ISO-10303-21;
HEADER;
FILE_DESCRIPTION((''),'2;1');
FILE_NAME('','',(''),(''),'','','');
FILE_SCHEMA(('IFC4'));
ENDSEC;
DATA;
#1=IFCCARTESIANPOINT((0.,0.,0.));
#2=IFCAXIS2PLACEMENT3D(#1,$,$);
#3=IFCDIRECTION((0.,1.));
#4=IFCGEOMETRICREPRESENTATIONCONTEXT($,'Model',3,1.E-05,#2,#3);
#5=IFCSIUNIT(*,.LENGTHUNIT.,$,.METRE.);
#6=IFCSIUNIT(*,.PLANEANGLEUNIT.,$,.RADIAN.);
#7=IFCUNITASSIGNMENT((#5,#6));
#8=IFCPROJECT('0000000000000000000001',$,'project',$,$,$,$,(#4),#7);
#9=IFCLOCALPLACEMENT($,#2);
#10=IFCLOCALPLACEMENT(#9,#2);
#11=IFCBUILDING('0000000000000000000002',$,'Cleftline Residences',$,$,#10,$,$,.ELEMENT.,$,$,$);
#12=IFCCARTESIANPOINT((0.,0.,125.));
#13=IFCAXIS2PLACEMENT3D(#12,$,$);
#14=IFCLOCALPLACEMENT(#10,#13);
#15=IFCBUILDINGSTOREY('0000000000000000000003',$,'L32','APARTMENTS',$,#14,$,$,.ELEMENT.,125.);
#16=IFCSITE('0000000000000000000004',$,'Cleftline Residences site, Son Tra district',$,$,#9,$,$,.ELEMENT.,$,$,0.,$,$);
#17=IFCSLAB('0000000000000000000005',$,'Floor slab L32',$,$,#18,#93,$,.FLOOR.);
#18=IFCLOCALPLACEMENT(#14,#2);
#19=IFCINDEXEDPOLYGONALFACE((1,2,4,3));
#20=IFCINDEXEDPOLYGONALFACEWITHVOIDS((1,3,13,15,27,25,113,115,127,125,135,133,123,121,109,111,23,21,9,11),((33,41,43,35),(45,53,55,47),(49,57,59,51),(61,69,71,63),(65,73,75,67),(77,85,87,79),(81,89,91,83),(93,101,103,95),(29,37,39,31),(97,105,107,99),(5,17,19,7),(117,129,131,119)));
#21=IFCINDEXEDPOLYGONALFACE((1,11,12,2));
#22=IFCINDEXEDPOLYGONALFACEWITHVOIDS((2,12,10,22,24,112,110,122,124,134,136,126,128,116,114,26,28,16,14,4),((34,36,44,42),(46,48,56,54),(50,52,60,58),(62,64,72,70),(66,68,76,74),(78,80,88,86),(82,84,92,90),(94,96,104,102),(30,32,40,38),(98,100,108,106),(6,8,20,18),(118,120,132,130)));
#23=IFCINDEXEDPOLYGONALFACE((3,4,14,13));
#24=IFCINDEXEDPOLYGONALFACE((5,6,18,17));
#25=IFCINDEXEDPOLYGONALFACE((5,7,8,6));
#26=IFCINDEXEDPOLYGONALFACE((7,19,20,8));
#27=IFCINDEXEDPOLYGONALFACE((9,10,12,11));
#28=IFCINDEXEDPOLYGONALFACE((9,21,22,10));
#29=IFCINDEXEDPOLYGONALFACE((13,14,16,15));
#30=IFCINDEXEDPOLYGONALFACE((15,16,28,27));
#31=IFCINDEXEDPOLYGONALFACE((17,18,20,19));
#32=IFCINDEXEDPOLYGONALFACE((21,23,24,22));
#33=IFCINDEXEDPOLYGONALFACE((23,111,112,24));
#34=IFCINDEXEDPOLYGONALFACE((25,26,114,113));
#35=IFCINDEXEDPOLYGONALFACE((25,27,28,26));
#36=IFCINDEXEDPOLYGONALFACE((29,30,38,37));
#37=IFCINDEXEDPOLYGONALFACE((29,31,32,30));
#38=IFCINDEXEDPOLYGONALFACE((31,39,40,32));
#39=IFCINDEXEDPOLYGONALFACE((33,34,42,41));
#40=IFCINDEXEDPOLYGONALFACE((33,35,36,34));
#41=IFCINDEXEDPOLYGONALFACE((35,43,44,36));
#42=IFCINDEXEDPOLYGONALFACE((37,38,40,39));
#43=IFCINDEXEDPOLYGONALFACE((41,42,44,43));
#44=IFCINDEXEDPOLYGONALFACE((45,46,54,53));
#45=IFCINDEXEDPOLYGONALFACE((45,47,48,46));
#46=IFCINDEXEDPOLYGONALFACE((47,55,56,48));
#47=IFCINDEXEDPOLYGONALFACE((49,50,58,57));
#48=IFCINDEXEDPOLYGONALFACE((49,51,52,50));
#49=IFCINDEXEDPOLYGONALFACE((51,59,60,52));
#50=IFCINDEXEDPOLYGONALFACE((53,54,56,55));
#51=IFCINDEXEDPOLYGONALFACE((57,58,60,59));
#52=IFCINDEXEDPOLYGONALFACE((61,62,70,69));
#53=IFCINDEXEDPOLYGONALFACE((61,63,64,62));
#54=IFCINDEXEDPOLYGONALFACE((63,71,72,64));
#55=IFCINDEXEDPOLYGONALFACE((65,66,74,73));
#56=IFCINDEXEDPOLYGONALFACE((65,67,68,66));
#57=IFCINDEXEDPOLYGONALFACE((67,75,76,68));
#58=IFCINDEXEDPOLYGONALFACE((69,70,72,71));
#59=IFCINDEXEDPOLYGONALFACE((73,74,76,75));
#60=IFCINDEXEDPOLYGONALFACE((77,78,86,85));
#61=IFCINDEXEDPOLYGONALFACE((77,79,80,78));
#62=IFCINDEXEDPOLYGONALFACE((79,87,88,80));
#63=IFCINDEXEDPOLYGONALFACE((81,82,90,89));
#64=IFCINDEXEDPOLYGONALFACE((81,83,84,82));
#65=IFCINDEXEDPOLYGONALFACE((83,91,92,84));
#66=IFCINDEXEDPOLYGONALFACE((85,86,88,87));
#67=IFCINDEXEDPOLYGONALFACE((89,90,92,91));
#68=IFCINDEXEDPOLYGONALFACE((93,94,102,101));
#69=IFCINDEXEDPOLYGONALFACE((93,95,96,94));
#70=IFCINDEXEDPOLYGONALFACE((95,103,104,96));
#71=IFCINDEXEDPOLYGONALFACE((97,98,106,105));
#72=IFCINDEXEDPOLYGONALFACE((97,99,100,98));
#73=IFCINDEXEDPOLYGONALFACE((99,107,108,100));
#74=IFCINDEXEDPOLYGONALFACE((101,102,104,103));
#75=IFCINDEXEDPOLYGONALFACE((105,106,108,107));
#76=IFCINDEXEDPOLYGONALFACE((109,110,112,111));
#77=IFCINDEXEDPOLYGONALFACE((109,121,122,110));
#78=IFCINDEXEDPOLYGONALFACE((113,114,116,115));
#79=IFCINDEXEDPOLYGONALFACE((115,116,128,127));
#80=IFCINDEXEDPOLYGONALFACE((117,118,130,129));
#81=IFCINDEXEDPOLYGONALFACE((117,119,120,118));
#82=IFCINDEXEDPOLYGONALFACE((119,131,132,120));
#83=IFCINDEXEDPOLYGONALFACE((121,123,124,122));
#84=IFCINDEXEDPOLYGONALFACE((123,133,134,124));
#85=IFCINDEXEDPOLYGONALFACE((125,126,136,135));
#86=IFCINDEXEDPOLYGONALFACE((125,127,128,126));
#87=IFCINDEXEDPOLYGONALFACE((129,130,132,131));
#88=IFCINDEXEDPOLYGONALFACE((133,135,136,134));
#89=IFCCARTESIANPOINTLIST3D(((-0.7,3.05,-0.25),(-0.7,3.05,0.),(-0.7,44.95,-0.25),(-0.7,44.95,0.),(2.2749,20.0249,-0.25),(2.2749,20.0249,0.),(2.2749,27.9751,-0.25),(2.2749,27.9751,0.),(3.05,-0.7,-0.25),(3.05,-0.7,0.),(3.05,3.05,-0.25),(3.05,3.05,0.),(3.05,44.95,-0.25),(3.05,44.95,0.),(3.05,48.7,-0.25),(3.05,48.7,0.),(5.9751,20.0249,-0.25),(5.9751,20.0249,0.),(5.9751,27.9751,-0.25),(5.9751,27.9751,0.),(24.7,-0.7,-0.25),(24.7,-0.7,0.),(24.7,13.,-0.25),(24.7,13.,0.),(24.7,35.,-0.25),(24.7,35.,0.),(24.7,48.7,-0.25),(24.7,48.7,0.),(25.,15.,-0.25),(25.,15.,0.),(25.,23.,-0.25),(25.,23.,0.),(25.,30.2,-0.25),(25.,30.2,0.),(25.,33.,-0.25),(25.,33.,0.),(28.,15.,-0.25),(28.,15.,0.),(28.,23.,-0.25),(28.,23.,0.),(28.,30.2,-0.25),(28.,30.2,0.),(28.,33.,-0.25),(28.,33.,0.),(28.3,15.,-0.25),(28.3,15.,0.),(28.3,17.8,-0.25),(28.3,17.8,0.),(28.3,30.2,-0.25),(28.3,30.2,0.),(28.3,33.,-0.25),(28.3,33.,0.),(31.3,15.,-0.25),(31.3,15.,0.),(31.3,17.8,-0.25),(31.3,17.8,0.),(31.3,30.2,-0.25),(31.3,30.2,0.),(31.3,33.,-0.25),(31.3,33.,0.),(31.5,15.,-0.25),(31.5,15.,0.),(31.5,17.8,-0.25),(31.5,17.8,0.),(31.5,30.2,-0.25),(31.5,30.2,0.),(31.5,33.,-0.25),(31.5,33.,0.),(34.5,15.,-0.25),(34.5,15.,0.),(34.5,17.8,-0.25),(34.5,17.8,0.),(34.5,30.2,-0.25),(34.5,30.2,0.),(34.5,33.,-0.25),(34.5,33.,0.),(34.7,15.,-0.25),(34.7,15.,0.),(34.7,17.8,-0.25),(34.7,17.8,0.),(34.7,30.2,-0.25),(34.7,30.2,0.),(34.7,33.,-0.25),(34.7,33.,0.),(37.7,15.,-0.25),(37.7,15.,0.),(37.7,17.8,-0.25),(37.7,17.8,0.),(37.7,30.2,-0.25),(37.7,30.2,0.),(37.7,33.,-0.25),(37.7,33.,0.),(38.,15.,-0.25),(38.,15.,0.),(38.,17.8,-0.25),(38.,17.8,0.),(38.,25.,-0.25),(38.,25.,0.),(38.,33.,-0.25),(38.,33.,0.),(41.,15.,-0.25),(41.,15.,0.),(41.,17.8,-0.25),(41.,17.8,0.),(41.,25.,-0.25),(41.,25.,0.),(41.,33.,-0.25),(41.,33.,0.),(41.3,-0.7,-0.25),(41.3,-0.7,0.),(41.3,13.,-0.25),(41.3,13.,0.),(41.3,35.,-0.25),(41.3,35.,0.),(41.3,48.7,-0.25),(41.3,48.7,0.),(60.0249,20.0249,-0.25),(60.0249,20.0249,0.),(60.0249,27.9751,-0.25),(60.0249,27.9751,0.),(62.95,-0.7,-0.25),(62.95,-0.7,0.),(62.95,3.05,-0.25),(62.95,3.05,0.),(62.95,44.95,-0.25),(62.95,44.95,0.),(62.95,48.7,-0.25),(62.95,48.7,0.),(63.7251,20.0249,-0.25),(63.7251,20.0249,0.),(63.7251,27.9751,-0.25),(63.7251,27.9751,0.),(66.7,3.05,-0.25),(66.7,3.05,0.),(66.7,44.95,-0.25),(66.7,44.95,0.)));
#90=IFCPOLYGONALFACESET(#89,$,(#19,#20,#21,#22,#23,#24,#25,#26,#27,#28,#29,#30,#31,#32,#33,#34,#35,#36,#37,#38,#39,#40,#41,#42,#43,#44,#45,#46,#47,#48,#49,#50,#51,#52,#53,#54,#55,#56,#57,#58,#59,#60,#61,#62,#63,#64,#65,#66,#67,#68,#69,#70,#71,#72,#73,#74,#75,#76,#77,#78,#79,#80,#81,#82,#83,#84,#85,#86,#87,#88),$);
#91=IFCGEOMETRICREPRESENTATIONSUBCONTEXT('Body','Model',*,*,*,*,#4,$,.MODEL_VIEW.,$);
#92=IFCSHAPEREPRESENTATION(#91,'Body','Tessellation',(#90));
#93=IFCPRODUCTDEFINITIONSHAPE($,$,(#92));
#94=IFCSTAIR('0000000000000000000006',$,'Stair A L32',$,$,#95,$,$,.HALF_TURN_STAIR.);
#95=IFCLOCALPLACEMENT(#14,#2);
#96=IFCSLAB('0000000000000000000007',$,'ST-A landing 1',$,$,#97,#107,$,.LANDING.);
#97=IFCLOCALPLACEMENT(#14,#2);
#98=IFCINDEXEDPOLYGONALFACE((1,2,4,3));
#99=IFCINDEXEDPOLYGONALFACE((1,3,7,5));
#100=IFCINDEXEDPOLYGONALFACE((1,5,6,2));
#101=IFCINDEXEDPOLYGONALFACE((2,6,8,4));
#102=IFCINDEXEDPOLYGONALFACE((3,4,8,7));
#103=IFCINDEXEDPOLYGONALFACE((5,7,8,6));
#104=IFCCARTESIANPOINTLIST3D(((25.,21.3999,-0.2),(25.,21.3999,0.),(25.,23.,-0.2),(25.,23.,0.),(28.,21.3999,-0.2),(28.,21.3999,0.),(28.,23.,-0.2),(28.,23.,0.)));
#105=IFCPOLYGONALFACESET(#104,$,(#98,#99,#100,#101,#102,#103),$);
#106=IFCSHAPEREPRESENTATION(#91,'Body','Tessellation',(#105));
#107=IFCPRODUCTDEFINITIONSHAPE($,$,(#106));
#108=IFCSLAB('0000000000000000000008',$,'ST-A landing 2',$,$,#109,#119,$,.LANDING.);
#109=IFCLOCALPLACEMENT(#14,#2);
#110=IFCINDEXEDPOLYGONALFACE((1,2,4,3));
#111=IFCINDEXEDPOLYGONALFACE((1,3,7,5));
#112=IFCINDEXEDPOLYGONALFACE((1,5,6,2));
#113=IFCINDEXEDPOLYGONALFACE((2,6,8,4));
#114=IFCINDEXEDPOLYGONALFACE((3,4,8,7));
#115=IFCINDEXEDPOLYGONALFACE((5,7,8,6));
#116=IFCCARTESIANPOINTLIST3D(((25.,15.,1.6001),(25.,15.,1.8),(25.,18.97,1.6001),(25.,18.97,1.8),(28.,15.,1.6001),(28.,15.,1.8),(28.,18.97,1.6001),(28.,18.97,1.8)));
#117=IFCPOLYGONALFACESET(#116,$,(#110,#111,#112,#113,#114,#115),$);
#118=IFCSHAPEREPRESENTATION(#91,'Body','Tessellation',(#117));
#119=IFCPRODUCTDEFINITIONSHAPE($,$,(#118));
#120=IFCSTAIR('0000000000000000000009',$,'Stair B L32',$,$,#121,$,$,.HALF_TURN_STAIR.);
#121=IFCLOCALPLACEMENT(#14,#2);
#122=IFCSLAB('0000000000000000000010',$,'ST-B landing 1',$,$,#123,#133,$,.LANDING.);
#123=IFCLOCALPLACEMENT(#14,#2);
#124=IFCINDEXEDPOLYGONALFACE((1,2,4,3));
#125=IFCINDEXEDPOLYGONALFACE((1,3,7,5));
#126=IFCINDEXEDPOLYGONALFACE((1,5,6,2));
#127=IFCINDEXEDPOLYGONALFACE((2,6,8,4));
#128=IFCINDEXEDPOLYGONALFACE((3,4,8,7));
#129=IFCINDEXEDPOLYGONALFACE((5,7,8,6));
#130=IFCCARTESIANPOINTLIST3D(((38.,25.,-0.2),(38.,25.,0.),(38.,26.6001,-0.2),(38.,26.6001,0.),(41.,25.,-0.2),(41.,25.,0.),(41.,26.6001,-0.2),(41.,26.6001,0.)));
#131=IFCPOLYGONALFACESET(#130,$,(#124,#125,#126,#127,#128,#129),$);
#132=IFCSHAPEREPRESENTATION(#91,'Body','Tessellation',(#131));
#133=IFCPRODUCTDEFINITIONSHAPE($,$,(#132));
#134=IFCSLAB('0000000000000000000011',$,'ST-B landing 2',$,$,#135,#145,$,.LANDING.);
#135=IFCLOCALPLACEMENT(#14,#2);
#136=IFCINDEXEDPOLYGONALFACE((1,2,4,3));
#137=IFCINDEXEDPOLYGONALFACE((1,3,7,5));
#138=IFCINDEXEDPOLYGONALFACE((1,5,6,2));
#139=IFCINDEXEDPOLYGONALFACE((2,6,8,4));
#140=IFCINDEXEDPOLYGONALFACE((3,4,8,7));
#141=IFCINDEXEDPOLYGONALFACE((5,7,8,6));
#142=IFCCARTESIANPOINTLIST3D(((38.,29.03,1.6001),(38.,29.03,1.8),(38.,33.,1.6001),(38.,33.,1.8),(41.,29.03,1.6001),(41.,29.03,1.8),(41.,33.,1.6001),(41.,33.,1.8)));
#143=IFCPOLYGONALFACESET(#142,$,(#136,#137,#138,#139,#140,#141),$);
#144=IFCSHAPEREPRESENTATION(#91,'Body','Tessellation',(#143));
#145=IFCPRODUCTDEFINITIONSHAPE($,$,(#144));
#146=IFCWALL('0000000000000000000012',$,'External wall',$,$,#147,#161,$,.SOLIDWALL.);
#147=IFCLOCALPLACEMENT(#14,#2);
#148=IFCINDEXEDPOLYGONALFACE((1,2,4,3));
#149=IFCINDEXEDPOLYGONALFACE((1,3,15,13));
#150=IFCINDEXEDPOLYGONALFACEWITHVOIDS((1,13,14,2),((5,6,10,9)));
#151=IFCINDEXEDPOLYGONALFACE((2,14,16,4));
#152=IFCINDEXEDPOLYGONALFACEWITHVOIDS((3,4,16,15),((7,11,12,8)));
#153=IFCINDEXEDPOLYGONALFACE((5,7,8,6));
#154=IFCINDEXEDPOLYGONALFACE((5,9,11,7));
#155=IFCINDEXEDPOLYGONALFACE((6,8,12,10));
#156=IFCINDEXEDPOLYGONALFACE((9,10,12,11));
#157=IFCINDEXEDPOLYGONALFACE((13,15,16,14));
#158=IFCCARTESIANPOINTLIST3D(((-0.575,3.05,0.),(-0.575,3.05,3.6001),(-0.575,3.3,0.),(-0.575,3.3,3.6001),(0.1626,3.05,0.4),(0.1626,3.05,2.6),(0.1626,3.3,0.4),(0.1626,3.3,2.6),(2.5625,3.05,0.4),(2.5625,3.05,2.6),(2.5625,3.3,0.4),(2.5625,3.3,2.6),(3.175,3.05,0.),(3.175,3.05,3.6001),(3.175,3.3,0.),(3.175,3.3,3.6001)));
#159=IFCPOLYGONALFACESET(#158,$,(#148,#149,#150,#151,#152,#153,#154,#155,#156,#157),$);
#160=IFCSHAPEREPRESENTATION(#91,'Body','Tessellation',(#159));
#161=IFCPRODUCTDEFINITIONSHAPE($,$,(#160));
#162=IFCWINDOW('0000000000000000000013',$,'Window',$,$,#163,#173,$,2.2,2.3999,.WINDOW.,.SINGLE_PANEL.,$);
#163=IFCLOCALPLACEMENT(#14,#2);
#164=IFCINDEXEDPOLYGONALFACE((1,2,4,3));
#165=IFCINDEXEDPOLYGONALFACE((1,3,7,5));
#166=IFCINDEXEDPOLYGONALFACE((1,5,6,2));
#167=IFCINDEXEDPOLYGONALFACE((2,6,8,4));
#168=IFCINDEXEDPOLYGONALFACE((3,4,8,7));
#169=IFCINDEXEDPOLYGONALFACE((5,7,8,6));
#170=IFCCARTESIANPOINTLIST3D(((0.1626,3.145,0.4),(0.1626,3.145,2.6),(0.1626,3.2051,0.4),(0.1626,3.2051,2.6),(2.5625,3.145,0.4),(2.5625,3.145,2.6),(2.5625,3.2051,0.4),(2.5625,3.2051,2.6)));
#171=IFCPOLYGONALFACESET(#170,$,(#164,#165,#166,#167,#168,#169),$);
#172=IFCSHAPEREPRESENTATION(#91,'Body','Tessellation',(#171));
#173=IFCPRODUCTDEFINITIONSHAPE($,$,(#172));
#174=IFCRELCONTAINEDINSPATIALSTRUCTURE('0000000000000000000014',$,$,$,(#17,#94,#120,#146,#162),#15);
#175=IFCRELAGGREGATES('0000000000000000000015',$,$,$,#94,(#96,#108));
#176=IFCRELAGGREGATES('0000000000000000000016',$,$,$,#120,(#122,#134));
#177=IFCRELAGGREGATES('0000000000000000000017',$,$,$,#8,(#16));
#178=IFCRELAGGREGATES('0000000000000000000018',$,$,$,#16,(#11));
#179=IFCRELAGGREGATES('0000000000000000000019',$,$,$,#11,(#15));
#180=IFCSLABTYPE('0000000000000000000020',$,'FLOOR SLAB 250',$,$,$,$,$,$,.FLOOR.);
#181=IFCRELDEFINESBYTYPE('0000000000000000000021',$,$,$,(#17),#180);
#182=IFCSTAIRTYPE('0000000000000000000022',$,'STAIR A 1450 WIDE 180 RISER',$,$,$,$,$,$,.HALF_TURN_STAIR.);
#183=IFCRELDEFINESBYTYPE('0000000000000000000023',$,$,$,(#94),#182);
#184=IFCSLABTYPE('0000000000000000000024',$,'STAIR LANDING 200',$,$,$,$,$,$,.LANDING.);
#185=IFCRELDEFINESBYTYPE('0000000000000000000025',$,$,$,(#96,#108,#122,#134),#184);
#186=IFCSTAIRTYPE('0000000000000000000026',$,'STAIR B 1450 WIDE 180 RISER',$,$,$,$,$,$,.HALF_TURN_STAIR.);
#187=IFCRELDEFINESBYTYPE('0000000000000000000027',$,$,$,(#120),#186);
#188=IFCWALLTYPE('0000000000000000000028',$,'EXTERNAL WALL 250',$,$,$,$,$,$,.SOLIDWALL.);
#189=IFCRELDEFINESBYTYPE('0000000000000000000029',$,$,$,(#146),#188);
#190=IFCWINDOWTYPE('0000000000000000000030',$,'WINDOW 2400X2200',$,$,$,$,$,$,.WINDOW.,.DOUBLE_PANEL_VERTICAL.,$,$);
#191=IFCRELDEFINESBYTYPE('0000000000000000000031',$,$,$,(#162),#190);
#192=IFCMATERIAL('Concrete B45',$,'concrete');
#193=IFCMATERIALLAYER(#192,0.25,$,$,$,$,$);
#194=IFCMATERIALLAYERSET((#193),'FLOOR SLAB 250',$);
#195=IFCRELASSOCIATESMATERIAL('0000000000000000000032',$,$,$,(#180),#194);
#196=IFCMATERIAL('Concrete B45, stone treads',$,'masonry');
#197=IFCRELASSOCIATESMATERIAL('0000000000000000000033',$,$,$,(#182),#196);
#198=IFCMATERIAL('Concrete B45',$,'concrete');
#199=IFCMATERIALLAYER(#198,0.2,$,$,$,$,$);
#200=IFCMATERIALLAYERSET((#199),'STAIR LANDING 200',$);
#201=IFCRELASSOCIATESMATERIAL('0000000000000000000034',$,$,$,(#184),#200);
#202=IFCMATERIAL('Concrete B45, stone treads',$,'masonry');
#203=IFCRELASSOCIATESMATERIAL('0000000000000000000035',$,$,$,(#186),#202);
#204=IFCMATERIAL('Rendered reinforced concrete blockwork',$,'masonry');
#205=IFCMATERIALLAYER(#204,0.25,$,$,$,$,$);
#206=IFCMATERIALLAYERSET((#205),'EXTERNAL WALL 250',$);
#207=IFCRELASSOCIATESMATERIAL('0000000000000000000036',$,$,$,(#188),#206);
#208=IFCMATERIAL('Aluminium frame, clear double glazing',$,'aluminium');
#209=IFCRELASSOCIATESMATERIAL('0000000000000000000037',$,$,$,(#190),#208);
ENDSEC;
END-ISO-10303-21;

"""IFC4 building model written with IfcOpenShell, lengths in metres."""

from ifc_helpers import new_model, si_unit, direction, frame, frame_2d, origin, place, context, subcontext, project, spatial, polyline, rectangle, outline, extrude, material, layer, layer_set, type_object, element, fill, aggregate, save


model = new_model("IFC4")

# Units and contexts
model_context = context("Model", 3, precision=1e-05, world=origin(), true_north=direction((0.0, 1.0)))
body_context = subcontext(model_context, "Body", "Model", "MODEL_VIEW")
ifc_project = project(units=[si_unit("LENGTHUNIT", "METRE"), si_unit("PLANEANGLEUNIT", "RADIAN")], contexts=[model_context])

# Site, building, storey
site_placement = place(None, origin())
site = spatial("IfcSite", under=ifc_project, at=site_placement, Name="Cleftline Residences site, Son Tra district", CompositionType="ELEMENT", RefElevation=0.0)
building_placement = place(site_placement, origin())
building = spatial("IfcBuilding", under=site, at=building_placement, Name="Cleftline Residences", CompositionType="ELEMENT")
storey_placement = place(building_placement, frame((0.0, 0.0, 125.0)))
storey = spatial("IfcBuildingStorey", under=building, at=storey_placement, Name="L32", Description="APARTMENTS", CompositionType="ELEMENT", Elevation=125.0)

# Slab
ifc_material_1 = material(Name="Concrete B45", Category="concrete")
ifc_layer_1 = layer(ifc_material_1, 0.25)
ifc_layer_set_1 = layer_set([ifc_layer_1], Name="FLOOR SLAB 250")
slab_type_1 = type_object("IfcSlabType", Name="FLOOR SLAB 250", PredefinedType="FLOOR", material=ifc_layer_set_1)
slab_1_placement = place(storey_placement, frame((0.0, 0.0, -0.25)))
element("IfcSlab", 1, at=slab_1_placement, inside=storey, type_object=slab_type_1, Name="Floor slab L32", PredefinedType="FLOOR", context=body_context, shape_type="SweptSolid", body=[
    extrude(outline(polyline([(24.7, 13.0), (41.3, 13.0), (41.3, -0.7), (62.95, -0.7), (62.95, 3.05), (66.7, 3.05), (66.7, 44.95), (62.95, 44.95), (62.95, 48.7), (41.3, 48.7), (41.3, 35.0), (24.7, 35.0), (24.7, 48.7), (3.05, 48.7), (3.05, 44.95), (-0.7, 44.95), (-0.7, 3.05), (3.05, 3.05), (3.05, -0.7), (24.7, -0.7), (24.7, 13.0)]), holes=[polyline([(28.0, 15.0), (28.0, 23.0), (25.0, 23.0), (25.0, 15.0), (28.0, 15.0)]), polyline([(41.0, 25.0), (41.0, 33.0), (38.0, 33.0), (38.0, 25.0), (41.0, 25.0)]), polyline([(28.0, 30.2), (28.0, 33.0), (25.0, 33.0), (25.0, 30.2), (28.0, 30.2)]), polyline([(41.0, 15.0), (41.0, 17.8), (38.0, 17.8), (38.0, 15.0), (41.0, 15.0)]), polyline([(31.3, 15.0), (31.3, 17.8), (28.3, 17.8), (28.3, 15.0), (31.3, 15.0)]), polyline([(34.5, 15.0), (34.5, 17.8), (31.5, 17.8), (31.5, 15.0), (34.5, 15.0)]), polyline([(37.7, 15.0), (37.7, 17.8), (34.7, 17.8), (34.7, 15.0), (37.7, 15.0)]), polyline([(31.3, 30.2), (31.3, 33.0), (28.3, 33.0), (28.3, 30.2), (31.3, 30.2)]), polyline([(34.5, 30.2), (34.5, 33.0), (31.5, 33.0), (31.5, 30.2), (34.5, 30.2)]), polyline([(37.7, 30.2), (37.7, 33.0), (34.7, 33.0), (34.7, 30.2), (37.7, 30.2)]), polyline([(63.7251, 20.0249), (63.7251, 27.9751), (60.0249, 27.9751), (60.0249, 20.0249), (63.7251, 20.0249)]), polyline([(5.9751, 20.0249), (5.9751, 27.9751), (2.2749, 27.9751), (2.2749, 20.0249), (5.9751, 20.0249)])]), origin(), (0.0, 0.0, 1.0), 0.25),
])

# Stairs, slabs
ifc_material_2 = material(Name="Concrete B45, stone treads", Category="masonry")
stair_type_1 = type_object("IfcStairType", Name="STAIR A 1450 WIDE 180 RISER", PredefinedType="HALF_TURN_STAIR", material=ifc_material_2)
stair_1_placement = place(storey_placement, origin())
stair_1 = element("IfcStair", 2, at=stair_1_placement, inside=storey, type_object=stair_type_1, Name="Stair A L32", PredefinedType="HALF_TURN_STAIR")
ifc_material_3 = material(Name="Concrete B45", Category="concrete")
ifc_layer_2 = layer(ifc_material_3, 0.2)
ifc_layer_set_2 = layer_set([ifc_layer_2], Name="STAIR LANDING 200")
slab_type_2 = type_object("IfcSlabType", Name="STAIR LANDING 200", PredefinedType="LANDING", material=ifc_layer_set_2)
slab_2_placement = place(storey_placement, frame((0.0, 0.0, -0.2)))
slab_2 = element("IfcSlab", 3, at=slab_2_placement, type_object=slab_type_2, Name="ST-A landing 1", PredefinedType="LANDING", context=body_context, shape_type="SweptSolid", body=[
    extrude(outline(polyline([(25.0, 21.3999), (28.0, 21.3999), (28.0, 23.0), (25.0, 23.0), (25.0, 21.3999)])), origin(), (0.0, 0.0, 1.0), 0.2),
])
slab_3_placement = place(storey_placement, frame((0.0, 0.0, 1.6001)))
slab_3 = element("IfcSlab", 4, at=slab_3_placement, type_object=slab_type_2, Name="ST-A landing 2", PredefinedType="LANDING", context=body_context, shape_type="SweptSolid", body=[
    extrude(outline(polyline([(25.0, 15.0), (28.0, 15.0), (28.0, 18.97), (25.0, 18.97), (25.0, 15.0)])), origin(), (0.0, 0.0, 1.0), 0.2),
])
aggregate(stair_1, [slab_2, slab_3])
ifc_material_4 = material(Name="Concrete B45, stone treads", Category="masonry")
stair_type_2 = type_object("IfcStairType", Name="STAIR B 1450 WIDE 180 RISER", PredefinedType="HALF_TURN_STAIR", material=ifc_material_4)
stair_2_placement = place(storey_placement, origin())
stair_2 = element("IfcStair", 5, at=stair_2_placement, inside=storey, type_object=stair_type_2, Name="Stair B L32", PredefinedType="HALF_TURN_STAIR")
slab_4_placement = place(storey_placement, frame((0.0, 0.0, -0.2)))
slab_4 = element("IfcSlab", 6, at=slab_4_placement, type_object=slab_type_2, Name="ST-B landing 1", PredefinedType="LANDING", context=body_context, shape_type="SweptSolid", body=[
    extrude(outline(polyline([(38.0, 25.0), (41.0, 25.0), (41.0, 26.6001), (38.0, 26.6001), (38.0, 25.0)])), origin(), (0.0, 0.0, 1.0), 0.2),
])
slab_5_placement = place(storey_placement, frame((0.0, 0.0, 1.6001)))
slab_5 = element("IfcSlab", 7, at=slab_5_placement, type_object=slab_type_2, Name="ST-B landing 2", PredefinedType="LANDING", context=body_context, shape_type="SweptSolid", body=[
    extrude(outline(polyline([(38.0, 29.03), (41.0, 29.03), (41.0, 33.0), (38.0, 33.0), (38.0, 29.03)])), origin(), (0.0, 0.0, 1.0), 0.2),
])
aggregate(stair_2, [slab_4, slab_5])

# Wall, opening, window
ifc_material_5 = material(Name="Rendered reinforced concrete blockwork", Category="masonry")
ifc_layer_3 = layer(ifc_material_5, 0.25)
ifc_layer_set_3 = layer_set([ifc_layer_3], Name="EXTERNAL WALL 250")
wall_type = type_object("IfcWallType", Name="EXTERNAL WALL 250", PredefinedType="SOLIDWALL", material=ifc_layer_set_3)
wall_placement = place(storey_placement, frame((-0.575, 3.175, 0.0), z_axis=(0.0, 0.0, 1.0), x_axis=(1.0, 0.0, 0.0)))
wall = element("IfcWall", 8, at=wall_placement, inside=storey, type_object=wall_type, Name="External wall", PredefinedType="SOLIDWALL", context=body_context, shape_type="SweptSolid", body=[
    extrude(rectangle(XDim=3.75, YDim=0.25, at=frame_2d((1.875, 0.0))), origin(), (0.0, 0.0, 1.0), 3.6001),
])
opening_placement = place(wall_placement, frame((0.7375, 0.0, 0.3999)))
opening = element("IfcOpeningElement", 9, at=opening_placement, cuts=wall, PredefinedType="OPENING", context=body_context, shape_type="SweptSolid", body=[
    extrude(rectangle(XDim=2.3999, YDim=2.2, at=frame_2d((1.2, 1.1001))), frame((0.0, 0.135, 0.0), z_axis=(0.0, -1.0, 0.0), x_axis=(1.0, 0.0, 0.0)), (0.0, 0.0, 1.0), 0.27),
])
ifc_material_6 = material(Name="Aluminium frame, clear double glazing", Category="aluminium")
window_type = type_object("IfcWindowType", Name="WINDOW 2400X2200", PartitioningType="DOUBLE_PANEL_VERTICAL", PredefinedType="WINDOW", material=ifc_material_6)
window_placement = place(opening_placement, origin())
window = element("IfcWindow", 10, at=window_placement, inside=storey, type_object=window_type, Name="Window", OverallHeight=2.2, OverallWidth=2.3999, PartitioningType="SINGLE_PANEL", PredefinedType="WINDOW", context=body_context, shape_type="SweptSolid", body=[
    extrude(rectangle(XDim=2.3999, YDim=2.2, at=frame_2d((1.2, 1.1001))), frame((0.0, 0.03, 0.0), z_axis=(0.0, -1.0, 0.0), x_axis=(1.0, 0.0, 0.0)), (0.0, 0.0, 1.0), 0.0601),
])
fill(opening, window)

save(model, "model.ifc")
